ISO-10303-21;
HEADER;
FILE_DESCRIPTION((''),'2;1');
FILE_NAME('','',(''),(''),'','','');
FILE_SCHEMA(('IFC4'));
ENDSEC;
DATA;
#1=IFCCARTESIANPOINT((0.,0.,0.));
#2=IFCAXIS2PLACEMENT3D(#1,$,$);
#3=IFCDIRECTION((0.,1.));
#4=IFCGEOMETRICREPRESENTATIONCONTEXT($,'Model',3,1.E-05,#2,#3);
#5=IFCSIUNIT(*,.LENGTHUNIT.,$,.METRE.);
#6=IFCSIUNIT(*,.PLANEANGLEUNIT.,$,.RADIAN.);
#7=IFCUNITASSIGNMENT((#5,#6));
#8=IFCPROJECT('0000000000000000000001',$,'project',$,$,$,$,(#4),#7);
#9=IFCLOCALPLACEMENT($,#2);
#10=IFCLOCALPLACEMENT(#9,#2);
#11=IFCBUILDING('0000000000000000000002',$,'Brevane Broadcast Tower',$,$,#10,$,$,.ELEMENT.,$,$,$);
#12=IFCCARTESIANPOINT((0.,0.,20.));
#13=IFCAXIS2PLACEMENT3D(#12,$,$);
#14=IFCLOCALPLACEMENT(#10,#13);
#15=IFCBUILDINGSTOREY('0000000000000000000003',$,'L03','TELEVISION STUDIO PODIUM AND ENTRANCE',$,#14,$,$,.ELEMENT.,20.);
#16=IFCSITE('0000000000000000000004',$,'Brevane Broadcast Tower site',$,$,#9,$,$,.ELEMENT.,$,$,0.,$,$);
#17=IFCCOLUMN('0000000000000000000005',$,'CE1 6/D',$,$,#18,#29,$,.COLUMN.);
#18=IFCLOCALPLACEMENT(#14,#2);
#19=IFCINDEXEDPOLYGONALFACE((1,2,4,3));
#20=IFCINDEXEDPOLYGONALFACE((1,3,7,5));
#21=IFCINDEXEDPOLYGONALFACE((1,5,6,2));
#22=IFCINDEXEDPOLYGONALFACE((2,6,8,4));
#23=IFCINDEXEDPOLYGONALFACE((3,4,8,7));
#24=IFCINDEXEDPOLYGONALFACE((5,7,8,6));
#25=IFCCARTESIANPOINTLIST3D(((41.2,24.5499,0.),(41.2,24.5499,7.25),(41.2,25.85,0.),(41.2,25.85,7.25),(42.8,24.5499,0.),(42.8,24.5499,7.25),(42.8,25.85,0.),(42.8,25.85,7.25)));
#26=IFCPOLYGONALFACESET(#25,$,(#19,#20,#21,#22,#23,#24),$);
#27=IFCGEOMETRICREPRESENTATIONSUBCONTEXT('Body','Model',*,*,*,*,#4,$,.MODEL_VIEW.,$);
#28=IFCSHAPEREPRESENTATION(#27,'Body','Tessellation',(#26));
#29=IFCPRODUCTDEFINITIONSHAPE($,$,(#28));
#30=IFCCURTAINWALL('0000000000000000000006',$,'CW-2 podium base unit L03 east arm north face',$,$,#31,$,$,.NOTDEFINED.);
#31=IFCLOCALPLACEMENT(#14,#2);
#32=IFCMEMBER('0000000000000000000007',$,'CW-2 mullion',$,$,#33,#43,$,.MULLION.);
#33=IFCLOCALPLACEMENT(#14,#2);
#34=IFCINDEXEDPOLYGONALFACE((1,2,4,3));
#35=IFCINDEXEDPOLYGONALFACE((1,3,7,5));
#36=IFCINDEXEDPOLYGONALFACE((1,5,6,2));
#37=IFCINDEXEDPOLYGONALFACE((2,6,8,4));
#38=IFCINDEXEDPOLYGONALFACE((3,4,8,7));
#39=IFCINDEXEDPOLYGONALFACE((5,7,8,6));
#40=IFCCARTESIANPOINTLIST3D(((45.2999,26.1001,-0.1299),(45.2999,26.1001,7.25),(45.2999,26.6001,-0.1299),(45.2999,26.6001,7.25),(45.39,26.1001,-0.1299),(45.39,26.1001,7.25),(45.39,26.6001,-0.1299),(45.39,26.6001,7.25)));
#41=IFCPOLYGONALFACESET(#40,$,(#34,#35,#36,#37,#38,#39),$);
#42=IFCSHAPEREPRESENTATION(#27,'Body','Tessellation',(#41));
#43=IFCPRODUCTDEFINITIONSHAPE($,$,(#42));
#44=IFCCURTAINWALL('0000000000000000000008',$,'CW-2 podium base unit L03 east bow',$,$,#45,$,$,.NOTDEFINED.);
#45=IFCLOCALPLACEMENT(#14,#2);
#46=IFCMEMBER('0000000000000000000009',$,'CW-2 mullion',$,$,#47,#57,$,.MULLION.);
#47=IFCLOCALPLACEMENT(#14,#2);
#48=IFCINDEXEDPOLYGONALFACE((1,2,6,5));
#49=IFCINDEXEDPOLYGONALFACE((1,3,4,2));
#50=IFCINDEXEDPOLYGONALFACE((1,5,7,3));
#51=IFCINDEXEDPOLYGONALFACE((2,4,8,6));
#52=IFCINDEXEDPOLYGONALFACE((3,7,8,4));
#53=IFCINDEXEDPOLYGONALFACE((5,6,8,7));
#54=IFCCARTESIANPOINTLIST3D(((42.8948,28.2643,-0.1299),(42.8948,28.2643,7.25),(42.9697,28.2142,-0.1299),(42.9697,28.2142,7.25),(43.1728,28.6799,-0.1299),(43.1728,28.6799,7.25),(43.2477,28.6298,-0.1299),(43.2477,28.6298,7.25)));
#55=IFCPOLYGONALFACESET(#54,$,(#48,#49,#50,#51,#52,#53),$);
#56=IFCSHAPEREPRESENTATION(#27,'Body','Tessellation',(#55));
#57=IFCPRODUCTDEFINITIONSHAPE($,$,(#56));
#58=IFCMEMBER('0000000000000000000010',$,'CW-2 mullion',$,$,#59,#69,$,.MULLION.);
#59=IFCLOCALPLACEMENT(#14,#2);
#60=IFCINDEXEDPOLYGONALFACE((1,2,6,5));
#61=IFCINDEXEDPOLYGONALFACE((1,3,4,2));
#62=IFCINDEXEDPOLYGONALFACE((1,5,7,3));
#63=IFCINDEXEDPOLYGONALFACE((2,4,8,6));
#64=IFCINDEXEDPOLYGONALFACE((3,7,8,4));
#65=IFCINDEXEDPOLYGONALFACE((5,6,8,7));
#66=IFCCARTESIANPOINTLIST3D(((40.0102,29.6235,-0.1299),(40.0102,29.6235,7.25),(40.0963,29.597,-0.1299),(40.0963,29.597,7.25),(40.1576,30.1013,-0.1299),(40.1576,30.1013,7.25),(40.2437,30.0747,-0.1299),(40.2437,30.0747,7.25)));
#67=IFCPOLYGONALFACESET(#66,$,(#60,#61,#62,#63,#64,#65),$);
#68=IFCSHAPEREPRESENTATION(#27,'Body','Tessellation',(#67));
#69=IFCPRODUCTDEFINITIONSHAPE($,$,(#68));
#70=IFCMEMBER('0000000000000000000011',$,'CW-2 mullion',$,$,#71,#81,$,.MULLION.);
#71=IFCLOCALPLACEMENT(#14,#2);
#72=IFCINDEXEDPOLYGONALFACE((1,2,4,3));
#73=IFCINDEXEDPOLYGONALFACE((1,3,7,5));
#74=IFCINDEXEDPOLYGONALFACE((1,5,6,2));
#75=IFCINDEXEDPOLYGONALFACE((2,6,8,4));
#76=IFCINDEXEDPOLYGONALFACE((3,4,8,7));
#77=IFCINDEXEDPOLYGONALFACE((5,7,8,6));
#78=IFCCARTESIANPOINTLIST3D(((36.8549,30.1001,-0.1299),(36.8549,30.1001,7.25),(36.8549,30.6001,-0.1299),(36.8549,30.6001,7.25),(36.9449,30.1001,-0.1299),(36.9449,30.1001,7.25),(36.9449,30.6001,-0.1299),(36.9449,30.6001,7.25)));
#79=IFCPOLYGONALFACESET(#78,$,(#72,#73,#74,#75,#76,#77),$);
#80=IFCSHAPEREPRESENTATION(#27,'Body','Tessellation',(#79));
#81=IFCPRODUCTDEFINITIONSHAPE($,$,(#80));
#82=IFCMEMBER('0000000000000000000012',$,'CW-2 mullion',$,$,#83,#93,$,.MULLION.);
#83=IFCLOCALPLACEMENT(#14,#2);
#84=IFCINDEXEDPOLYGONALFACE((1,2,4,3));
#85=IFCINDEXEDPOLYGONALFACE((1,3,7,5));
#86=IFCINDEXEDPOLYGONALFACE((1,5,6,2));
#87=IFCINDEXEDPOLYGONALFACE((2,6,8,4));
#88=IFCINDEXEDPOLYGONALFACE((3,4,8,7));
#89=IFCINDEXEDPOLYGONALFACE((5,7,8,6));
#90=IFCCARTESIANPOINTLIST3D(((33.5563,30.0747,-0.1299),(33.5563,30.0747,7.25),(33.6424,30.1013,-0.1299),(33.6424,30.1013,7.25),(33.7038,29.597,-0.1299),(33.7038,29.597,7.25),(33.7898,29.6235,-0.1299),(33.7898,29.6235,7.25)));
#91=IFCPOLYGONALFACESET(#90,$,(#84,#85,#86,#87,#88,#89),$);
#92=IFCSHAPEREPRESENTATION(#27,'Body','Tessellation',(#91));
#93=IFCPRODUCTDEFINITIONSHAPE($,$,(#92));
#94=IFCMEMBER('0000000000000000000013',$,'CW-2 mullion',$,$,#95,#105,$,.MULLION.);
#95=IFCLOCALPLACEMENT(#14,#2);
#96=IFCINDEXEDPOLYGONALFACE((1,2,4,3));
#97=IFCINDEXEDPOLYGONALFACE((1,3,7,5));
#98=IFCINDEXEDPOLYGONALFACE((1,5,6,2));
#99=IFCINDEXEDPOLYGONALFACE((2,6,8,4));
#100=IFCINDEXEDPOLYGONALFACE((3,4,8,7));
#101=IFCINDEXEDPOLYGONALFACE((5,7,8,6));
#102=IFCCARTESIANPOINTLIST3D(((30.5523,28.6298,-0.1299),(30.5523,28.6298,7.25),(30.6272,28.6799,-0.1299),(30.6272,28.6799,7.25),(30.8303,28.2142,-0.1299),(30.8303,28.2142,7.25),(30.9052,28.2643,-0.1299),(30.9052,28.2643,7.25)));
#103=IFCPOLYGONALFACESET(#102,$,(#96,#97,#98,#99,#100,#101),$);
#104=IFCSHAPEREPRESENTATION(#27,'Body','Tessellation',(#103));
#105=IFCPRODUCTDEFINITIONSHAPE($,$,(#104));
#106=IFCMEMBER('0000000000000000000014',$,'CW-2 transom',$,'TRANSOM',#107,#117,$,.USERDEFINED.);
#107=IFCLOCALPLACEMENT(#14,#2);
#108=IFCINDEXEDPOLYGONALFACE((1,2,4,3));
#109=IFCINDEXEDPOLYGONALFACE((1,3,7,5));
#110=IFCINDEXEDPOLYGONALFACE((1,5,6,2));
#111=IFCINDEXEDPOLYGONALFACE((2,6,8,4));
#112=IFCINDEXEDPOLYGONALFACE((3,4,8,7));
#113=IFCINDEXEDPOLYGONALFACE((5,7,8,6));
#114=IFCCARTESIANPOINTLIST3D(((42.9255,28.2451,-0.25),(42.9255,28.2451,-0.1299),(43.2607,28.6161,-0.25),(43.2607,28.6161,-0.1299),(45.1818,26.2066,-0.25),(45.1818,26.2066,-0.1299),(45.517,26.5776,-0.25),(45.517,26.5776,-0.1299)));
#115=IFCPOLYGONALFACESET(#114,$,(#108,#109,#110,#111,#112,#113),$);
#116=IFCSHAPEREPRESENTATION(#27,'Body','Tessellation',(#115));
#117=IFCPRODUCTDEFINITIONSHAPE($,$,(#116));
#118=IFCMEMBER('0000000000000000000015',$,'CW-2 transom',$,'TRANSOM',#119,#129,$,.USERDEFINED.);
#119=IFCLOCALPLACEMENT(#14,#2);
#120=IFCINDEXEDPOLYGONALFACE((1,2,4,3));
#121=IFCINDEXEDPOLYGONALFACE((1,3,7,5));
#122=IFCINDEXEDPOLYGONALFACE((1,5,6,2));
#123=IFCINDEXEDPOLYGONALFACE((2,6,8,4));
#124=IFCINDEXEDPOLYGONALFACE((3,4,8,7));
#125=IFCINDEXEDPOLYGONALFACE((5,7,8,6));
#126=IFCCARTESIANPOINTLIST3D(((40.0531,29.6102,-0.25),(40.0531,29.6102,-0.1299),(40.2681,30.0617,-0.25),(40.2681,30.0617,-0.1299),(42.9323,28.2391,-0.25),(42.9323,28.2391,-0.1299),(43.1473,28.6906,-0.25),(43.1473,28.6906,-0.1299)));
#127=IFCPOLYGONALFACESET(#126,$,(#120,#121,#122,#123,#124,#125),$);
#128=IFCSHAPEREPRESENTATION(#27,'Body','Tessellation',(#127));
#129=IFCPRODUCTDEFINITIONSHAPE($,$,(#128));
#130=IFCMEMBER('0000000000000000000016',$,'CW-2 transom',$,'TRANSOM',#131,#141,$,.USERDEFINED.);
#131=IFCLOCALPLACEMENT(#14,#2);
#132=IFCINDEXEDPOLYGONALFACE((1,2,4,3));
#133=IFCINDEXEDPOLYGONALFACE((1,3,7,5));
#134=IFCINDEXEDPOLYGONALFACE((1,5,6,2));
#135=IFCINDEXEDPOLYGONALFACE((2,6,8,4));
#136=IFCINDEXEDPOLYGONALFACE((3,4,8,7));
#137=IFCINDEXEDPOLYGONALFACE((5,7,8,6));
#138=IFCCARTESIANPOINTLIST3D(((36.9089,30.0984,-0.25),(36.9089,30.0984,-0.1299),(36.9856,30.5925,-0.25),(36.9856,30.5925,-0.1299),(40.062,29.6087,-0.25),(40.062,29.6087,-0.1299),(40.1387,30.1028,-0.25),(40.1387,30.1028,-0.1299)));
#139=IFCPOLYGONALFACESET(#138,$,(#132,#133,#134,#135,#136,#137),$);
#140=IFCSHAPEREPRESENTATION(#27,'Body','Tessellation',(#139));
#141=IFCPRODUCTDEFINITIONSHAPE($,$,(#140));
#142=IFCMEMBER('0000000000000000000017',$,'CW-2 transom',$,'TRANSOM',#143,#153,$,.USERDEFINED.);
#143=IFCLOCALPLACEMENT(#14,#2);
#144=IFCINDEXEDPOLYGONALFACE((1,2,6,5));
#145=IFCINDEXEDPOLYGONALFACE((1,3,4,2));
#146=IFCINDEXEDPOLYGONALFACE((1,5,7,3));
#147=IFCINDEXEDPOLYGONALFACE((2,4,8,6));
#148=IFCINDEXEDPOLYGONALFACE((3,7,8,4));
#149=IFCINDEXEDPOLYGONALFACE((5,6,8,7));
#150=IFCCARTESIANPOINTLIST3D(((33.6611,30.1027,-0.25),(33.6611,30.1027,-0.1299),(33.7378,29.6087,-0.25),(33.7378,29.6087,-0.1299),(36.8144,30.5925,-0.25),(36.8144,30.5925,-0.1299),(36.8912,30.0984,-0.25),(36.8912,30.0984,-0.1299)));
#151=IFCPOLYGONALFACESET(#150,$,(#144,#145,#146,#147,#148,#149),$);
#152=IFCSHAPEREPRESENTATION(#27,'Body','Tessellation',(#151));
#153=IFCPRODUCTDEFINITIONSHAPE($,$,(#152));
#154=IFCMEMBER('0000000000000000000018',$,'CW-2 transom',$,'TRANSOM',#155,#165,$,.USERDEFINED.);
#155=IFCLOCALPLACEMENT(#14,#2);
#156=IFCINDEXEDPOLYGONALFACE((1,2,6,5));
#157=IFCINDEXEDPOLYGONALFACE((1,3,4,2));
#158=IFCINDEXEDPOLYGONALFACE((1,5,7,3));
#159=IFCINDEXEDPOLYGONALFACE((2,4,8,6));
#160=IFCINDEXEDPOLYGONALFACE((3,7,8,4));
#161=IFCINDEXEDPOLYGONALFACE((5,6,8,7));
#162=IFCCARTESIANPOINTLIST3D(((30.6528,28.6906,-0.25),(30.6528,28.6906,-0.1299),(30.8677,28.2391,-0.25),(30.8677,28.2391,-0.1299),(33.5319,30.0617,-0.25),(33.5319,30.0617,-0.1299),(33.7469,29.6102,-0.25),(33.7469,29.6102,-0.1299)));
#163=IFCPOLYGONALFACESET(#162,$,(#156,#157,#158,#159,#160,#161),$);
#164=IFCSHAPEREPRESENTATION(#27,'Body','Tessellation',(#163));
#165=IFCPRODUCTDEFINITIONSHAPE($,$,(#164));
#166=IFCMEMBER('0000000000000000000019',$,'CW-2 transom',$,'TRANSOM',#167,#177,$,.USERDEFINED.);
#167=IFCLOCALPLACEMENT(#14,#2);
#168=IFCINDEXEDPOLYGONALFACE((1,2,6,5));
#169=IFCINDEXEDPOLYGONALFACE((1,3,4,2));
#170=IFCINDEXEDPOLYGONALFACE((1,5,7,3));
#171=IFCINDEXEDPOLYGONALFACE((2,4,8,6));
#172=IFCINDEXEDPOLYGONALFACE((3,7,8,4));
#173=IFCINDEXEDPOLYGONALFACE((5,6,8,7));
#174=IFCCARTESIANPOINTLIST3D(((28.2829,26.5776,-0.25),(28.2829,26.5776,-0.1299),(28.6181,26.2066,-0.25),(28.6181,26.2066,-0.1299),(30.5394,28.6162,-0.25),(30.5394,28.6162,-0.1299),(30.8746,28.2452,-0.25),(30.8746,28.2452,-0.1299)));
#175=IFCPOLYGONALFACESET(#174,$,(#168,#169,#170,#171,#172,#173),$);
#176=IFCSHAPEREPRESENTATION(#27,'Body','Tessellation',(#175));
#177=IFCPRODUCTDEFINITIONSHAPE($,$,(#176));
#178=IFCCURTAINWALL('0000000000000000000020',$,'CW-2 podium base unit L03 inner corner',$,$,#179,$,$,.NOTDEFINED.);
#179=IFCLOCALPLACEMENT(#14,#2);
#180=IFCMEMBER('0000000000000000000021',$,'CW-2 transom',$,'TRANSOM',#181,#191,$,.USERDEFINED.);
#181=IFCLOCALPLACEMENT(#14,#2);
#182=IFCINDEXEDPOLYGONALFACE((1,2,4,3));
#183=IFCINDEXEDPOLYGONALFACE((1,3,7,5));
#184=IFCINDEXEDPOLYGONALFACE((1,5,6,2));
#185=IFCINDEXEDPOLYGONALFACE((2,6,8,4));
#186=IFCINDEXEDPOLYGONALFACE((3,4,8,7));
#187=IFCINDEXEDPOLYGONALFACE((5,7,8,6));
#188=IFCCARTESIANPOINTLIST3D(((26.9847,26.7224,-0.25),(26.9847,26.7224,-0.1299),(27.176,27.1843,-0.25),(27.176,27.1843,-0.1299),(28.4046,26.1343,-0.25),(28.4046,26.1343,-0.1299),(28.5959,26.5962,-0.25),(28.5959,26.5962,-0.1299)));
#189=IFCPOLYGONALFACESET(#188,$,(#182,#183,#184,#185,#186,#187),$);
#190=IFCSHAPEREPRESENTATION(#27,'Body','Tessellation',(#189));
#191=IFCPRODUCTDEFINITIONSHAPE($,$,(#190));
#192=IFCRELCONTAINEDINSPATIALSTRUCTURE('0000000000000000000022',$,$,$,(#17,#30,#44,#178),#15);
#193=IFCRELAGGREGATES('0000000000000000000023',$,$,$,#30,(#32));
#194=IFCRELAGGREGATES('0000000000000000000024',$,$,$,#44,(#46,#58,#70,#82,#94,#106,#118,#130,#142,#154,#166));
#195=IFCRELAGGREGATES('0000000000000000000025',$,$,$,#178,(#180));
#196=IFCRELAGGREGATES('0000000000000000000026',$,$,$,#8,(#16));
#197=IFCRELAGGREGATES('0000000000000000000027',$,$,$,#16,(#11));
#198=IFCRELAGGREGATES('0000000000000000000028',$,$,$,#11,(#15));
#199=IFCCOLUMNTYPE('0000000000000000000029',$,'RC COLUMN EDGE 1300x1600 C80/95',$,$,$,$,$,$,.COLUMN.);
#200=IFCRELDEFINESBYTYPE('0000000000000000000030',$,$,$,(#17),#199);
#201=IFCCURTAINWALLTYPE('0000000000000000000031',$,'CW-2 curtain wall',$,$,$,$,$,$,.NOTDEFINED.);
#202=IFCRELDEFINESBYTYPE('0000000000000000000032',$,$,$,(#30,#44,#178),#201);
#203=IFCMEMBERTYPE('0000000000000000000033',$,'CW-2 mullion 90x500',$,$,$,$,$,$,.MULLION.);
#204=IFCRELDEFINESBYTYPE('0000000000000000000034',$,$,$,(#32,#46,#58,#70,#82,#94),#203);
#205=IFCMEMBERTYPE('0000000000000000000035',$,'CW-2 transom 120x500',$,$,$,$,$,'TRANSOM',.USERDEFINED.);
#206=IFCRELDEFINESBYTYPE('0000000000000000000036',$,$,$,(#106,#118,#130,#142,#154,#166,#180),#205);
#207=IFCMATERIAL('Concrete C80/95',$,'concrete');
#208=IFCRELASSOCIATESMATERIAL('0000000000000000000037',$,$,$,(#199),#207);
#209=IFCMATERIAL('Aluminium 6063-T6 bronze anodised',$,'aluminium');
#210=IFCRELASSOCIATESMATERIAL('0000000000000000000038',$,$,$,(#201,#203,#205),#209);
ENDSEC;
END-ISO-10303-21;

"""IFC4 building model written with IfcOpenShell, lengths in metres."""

from ifc_helpers import new_model, si_unit, direction, frame, origin, origin_2d, place, context, subcontext, project, spatial, rectangle, extrude, material, material_profile, profile_set, type_object, element, aggregate, save


model = new_model("IFC4")

# Units and contexts
model_context = context("Model", 3, precision=1e-05, world=origin(), true_north=direction((0.0, 1.0)))
body_context = subcontext(model_context, "Body", "Model", "MODEL_VIEW")
ifc_project = project(units=[si_unit("LENGTHUNIT", "METRE"), si_unit("PLANEANGLEUNIT", "RADIAN")], contexts=[model_context])

# Site, building, storey
site_placement = place(None, origin())
site = spatial("IfcSite", under=ifc_project, at=site_placement, Name="Brevane Broadcast Tower site", CompositionType="ELEMENT", RefElevation=0.0)
building_placement = place(site_placement, origin())
building = spatial("IfcBuilding", under=site, at=building_placement, Name="Brevane Broadcast Tower", CompositionType="ELEMENT")
storey_placement = place(building_placement, frame((0.0, 0.0, 20.0)))
storey = spatial("IfcBuildingStorey", under=building, at=storey_placement, Name="L03", Description="TELEVISION STUDIO PODIUM AND ENTRANCE", CompositionType="ELEMENT", Elevation=20.0)

# Column
ifc_material_1 = material(Name="Concrete C80/95", Category="concrete")
ifc_material_profile_1 = material_profile(ifc_material_1, rectangle(XDim=1.3, YDim=1.6001, at=origin_2d()), Name="RC 1300x1600")
ifc_profile_set_1 = profile_set([ifc_material_profile_1], Name="Concrete C80/95")
column_type = type_object("IfcColumnType", Name="RC COLUMN EDGE 1300x1600 C80/95", PredefinedType="COLUMN", material=ifc_profile_set_1)
column_placement = place(storey_placement, frame((42.0, 25.2, 0.0), z_axis=(0.0, 0.0, 1.0), x_axis=(0.0, 1.0, 0.0)))
element("IfcColumn", 1, at=column_placement, inside=storey, type_object=column_type, Name="CE1 6/D", PredefinedType="COLUMN", context=body_context, shape_type="SweptSolid", body=[
    extrude(rectangle(XDim=1.3, YDim=1.6001, at=origin_2d()), origin(), (0.0, 0.0, 1.0), 7.25),
])

# Curtain wall, member
ifc_material_2 = material(Name="Aluminium 6063-T6 bronze anodised", Category="aluminium")
curtain_wall_type = type_object("IfcCurtainWallType", Name="CW-2 curtain wall", PredefinedType="NOTDEFINED", material=ifc_material_2)
curtain_wall_1_placement = place(storey_placement, origin())
curtain_wall_1 = element("IfcCurtainWall", 2, at=curtain_wall_1_placement, inside=storey, type_object=curtain_wall_type, Name="CW-2 podium base unit L03 east arm north face", PredefinedType="NOTDEFINED")
ifc_material_profile_2 = material_profile(ifc_material_2, rectangle(XDim=0.5, YDim=0.0901, at=origin_2d()), Name="RECT 90x500")
ifc_profile_set_2 = profile_set([ifc_material_profile_2], Name="Aluminium 6063-T6 bronze anodised")
member_type_1 = type_object("IfcMemberType", Name="CW-2 mullion 90x500", PredefinedType="MULLION", material=ifc_profile_set_2)
member_1_placement = place(storey_placement, frame((45.345, 26.3501, -0.1299), z_axis=(0.0, 0.0, 1.0), x_axis=(0.0, -1.0, 0.0)))
member_1 = element("IfcMember", 3, at=member_1_placement, type_object=member_type_1, Name="CW-2 mullion", PredefinedType="MULLION", context=body_context, shape_type="SweptSolid", body=[
    extrude(rectangle(XDim=0.5, YDim=0.0901, at=origin_2d()), origin(), (0.0, 0.0, 1.0), 7.3799),
])
aggregate(curtain_wall_1, [member_1])

# Curtain wall, members
curtain_wall_2_placement = place(storey_placement, origin())
curtain_wall_2 = element("IfcCurtainWall", 4, at=curtain_wall_2_placement, inside=storey, type_object=curtain_wall_type, Name="CW-2 podium base unit L03 east bow", PredefinedType="NOTDEFINED")
member_2_placement = place(storey_placement, frame((43.0713, 28.447, -0.1299), z_axis=(0.0, 0.0, 1.0), x_axis=(-0.555997, -0.831184, 0.0)))
member_2 = element("IfcMember", 5, at=member_2_placement, type_object=member_type_1, Name="CW-2 mullion", PredefinedType="MULLION", context=body_context, shape_type="SweptSolid", body=[
    extrude(rectangle(XDim=0.5, YDim=0.0901, at=origin_2d()), origin(), (0.0, 0.0, 1.0), 7.3799),
])
member_3_placement = place(storey_placement, frame((40.127, 29.8491, -0.1299), z_axis=(0.0, 0.0, 1.0), x_axis=(-0.294828, -0.95555, 0.0)))
member_3 = element("IfcMember", 6, at=member_3_placement, type_object=member_type_1, Name="CW-2 mullion", PredefinedType="MULLION", context=body_context, shape_type="SweptSolid", body=[
    extrude(rectangle(XDim=0.5, YDim=0.0901, at=origin_2d()), origin(), (0.0, 0.0, 1.0), 7.3799),
])
member_4_placement = place(storey_placement, frame((36.8999, 30.3501, -0.1299), z_axis=(0.0, 0.0, 1.0), x_axis=(0.0, -1.0, 0.0)))
member_4 = element("IfcMember", 7, at=member_4_placement, type_object=member_type_1, Name="CW-2 mullion", PredefinedType="MULLION", context=body_context, shape_type="SweptSolid", body=[
    extrude(rectangle(XDim=0.5, YDim=0.0901, at=origin_2d()), origin(), (0.0, 0.0, 1.0), 7.3799),
])
member_5_placement = place(storey_placement, frame((33.6731, 29.8491, -0.1299), z_axis=(0.0, 0.0, 1.0), x_axis=(0.294828, -0.95555, 0.0)))
member_5 = element("IfcMember", 8, at=member_5_placement, type_object=member_type_1, Name="CW-2 mullion", PredefinedType="MULLION", context=body_context, shape_type="SweptSolid", body=[
    extrude(rectangle(XDim=0.5, YDim=0.0901, at=origin_2d()), origin(), (0.0, 0.0, 1.0), 7.3799),
])
member_6_placement = place(storey_placement, frame((30.7288, 28.447, -0.1299), z_axis=(0.0, 0.0, 1.0), x_axis=(0.555997, -0.831184, 0.0)))
member_6 = element("IfcMember", 9, at=member_6_placement, type_object=member_type_1, Name="CW-2 mullion", PredefinedType="MULLION", context=body_context, shape_type="SweptSolid", body=[
    extrude(rectangle(XDim=0.5, YDim=0.0901, at=origin_2d()), origin(), (0.0, 0.0, 1.0), 7.3799),
])
ifc_material_profile_3 = material_profile(ifc_material_2, rectangle(XDim=0.5, YDim=0.1201, at=origin_2d()), Name="RECT 120x500")
ifc_profile_set_3 = profile_set([ifc_material_profile_3], Name="Aluminium 6063-T6 bronze anodised")
member_type_2 = type_object("IfcMemberType", Name="CW-2 transom 120x500", ElementType="TRANSOM", PredefinedType="USERDEFINED", material=ifc_profile_set_3)
member_7_placement = place(storey_placement, frame((45.3494, 26.3921, -0.1899), z_axis=(-0.742007, 0.670392, 0.0), x_axis=(-0.670392, -0.742007, 0.0)))
member_7 = element("IfcMember", 10, at=member_7_placement, type_object=member_type_2, Name="CW-2 transom", ObjectType="TRANSOM", PredefinedType="USERDEFINED", context=body_context, shape_type="SweptSolid", body=[
    extrude(rectangle(XDim=0.5, YDim=0.1201, at=origin_2d()), origin(), (0.0, 0.0, 1.0), 3.0408),
])
member_8_placement = place(storey_placement, frame((43.0398, 28.4648, -0.1899), z_axis=(-0.902852, 0.429951, 0.0), x_axis=(-0.429951, -0.902852, 0.0)))
member_8 = element("IfcMember", 11, at=member_8_placement, type_object=member_type_2, Name="CW-2 transom", ObjectType="TRANSOM", PredefinedType="USERDEFINED", context=body_context, shape_type="SweptSolid", body=[
    extrude(rectangle(XDim=0.5, YDim=0.1201, at=origin_2d()), origin(), (0.0, 0.0, 1.0), 3.189),
])
member_9_placement = place(storey_placement, frame((40.1003, 29.8557, -0.1899), z_axis=(-0.988151, 0.153483, 0.0), x_axis=(-0.153483, -0.988151, 0.0)))
member_9 = element("IfcMember", 12, at=member_9_placement, type_object=member_type_2, Name="CW-2 transom", ObjectType="TRANSOM", PredefinedType="USERDEFINED", context=body_context, shape_type="SweptSolid", body=[
    extrude(rectangle(XDim=0.5, YDim=0.1201, at=origin_2d()), origin(), (0.0, 0.0, 1.0), 3.1909),
])
member_10_placement = place(storey_placement, frame((36.8528, 30.3455, -0.1899), z_axis=(-0.988153, -0.153471, 0.0), x_axis=(0.153471, -0.988153, 0.0)))
member_10 = element("IfcMember", 13, at=member_10_placement, type_object=member_type_2, Name="CW-2 transom", ObjectType="TRANSOM", PredefinedType="USERDEFINED", context=body_context, shape_type="SweptSolid", body=[
    extrude(rectangle(XDim=0.5, YDim=0.1201, at=origin_2d()), origin(), (0.0, 0.0, 1.0), 3.1912),
])
member_11_placement = place(storey_placement, frame((33.6394, 29.8359, -0.1899), z_axis=(-0.902852, -0.429951, 0.0), x_axis=(0.429951, -0.902852, 0.0)))
member_11 = element("IfcMember", 14, at=member_11_placement, type_object=member_type_2, Name="CW-2 transom", ObjectType="TRANSOM", PredefinedType="USERDEFINED", context=body_context, shape_type="SweptSolid", body=[
    extrude(rectangle(XDim=0.5, YDim=0.1201, at=origin_2d()), origin(), (0.0, 0.0, 1.0), 3.189),
])
member_12_placement = place(storey_placement, frame((30.707, 28.4307, -0.1899), z_axis=(-0.742043, -0.670352, 0.0), x_axis=(0.670352, -0.742043, 0.0)))
member_12 = element("IfcMember", 15, at=member_12_placement, type_object=member_type_2, Name="CW-2 transom", ObjectType="TRANSOM", PredefinedType="USERDEFINED", context=body_context, shape_type="SweptSolid", body=[
    extrude(rectangle(XDim=0.5, YDim=0.1201, at=origin_2d()), origin(), (0.0, 0.0, 1.0), 3.041),
])
aggregate(curtain_wall_2, [member_2, member_3, member_4, member_5, member_6, member_7, member_8, member_9, member_10, member_11, member_12])

# Curtain wall, member
curtain_wall_3_placement = place(storey_placement, origin())
curtain_wall_3 = element("IfcCurtainWall", 16, at=curtain_wall_3_placement, inside=storey, type_object=curtain_wall_type, Name="CW-2 podium base unit L03 inner corner", PredefinedType="NOTDEFINED")
member_13_placement = place(storey_placement, frame((28.5002, 26.3652, -0.1899), z_axis=(-0.923883, 0.382674, 0.0), x_axis=(-0.382674, -0.923883, 0.0)))
member_13 = element("IfcMember", 17, at=member_13_placement, type_object=member_type_2, Name="CW-2 transom", ObjectType="TRANSOM", PredefinedType="USERDEFINED", context=body_context, shape_type="SweptSolid", body=[
    extrude(rectangle(XDim=0.5, YDim=0.1201, at=origin_2d()), origin(), (0.0, 0.0, 1.0), 1.5369),
])
aggregate(curtain_wall_3, [member_13])

save(model, "model.ifc")
